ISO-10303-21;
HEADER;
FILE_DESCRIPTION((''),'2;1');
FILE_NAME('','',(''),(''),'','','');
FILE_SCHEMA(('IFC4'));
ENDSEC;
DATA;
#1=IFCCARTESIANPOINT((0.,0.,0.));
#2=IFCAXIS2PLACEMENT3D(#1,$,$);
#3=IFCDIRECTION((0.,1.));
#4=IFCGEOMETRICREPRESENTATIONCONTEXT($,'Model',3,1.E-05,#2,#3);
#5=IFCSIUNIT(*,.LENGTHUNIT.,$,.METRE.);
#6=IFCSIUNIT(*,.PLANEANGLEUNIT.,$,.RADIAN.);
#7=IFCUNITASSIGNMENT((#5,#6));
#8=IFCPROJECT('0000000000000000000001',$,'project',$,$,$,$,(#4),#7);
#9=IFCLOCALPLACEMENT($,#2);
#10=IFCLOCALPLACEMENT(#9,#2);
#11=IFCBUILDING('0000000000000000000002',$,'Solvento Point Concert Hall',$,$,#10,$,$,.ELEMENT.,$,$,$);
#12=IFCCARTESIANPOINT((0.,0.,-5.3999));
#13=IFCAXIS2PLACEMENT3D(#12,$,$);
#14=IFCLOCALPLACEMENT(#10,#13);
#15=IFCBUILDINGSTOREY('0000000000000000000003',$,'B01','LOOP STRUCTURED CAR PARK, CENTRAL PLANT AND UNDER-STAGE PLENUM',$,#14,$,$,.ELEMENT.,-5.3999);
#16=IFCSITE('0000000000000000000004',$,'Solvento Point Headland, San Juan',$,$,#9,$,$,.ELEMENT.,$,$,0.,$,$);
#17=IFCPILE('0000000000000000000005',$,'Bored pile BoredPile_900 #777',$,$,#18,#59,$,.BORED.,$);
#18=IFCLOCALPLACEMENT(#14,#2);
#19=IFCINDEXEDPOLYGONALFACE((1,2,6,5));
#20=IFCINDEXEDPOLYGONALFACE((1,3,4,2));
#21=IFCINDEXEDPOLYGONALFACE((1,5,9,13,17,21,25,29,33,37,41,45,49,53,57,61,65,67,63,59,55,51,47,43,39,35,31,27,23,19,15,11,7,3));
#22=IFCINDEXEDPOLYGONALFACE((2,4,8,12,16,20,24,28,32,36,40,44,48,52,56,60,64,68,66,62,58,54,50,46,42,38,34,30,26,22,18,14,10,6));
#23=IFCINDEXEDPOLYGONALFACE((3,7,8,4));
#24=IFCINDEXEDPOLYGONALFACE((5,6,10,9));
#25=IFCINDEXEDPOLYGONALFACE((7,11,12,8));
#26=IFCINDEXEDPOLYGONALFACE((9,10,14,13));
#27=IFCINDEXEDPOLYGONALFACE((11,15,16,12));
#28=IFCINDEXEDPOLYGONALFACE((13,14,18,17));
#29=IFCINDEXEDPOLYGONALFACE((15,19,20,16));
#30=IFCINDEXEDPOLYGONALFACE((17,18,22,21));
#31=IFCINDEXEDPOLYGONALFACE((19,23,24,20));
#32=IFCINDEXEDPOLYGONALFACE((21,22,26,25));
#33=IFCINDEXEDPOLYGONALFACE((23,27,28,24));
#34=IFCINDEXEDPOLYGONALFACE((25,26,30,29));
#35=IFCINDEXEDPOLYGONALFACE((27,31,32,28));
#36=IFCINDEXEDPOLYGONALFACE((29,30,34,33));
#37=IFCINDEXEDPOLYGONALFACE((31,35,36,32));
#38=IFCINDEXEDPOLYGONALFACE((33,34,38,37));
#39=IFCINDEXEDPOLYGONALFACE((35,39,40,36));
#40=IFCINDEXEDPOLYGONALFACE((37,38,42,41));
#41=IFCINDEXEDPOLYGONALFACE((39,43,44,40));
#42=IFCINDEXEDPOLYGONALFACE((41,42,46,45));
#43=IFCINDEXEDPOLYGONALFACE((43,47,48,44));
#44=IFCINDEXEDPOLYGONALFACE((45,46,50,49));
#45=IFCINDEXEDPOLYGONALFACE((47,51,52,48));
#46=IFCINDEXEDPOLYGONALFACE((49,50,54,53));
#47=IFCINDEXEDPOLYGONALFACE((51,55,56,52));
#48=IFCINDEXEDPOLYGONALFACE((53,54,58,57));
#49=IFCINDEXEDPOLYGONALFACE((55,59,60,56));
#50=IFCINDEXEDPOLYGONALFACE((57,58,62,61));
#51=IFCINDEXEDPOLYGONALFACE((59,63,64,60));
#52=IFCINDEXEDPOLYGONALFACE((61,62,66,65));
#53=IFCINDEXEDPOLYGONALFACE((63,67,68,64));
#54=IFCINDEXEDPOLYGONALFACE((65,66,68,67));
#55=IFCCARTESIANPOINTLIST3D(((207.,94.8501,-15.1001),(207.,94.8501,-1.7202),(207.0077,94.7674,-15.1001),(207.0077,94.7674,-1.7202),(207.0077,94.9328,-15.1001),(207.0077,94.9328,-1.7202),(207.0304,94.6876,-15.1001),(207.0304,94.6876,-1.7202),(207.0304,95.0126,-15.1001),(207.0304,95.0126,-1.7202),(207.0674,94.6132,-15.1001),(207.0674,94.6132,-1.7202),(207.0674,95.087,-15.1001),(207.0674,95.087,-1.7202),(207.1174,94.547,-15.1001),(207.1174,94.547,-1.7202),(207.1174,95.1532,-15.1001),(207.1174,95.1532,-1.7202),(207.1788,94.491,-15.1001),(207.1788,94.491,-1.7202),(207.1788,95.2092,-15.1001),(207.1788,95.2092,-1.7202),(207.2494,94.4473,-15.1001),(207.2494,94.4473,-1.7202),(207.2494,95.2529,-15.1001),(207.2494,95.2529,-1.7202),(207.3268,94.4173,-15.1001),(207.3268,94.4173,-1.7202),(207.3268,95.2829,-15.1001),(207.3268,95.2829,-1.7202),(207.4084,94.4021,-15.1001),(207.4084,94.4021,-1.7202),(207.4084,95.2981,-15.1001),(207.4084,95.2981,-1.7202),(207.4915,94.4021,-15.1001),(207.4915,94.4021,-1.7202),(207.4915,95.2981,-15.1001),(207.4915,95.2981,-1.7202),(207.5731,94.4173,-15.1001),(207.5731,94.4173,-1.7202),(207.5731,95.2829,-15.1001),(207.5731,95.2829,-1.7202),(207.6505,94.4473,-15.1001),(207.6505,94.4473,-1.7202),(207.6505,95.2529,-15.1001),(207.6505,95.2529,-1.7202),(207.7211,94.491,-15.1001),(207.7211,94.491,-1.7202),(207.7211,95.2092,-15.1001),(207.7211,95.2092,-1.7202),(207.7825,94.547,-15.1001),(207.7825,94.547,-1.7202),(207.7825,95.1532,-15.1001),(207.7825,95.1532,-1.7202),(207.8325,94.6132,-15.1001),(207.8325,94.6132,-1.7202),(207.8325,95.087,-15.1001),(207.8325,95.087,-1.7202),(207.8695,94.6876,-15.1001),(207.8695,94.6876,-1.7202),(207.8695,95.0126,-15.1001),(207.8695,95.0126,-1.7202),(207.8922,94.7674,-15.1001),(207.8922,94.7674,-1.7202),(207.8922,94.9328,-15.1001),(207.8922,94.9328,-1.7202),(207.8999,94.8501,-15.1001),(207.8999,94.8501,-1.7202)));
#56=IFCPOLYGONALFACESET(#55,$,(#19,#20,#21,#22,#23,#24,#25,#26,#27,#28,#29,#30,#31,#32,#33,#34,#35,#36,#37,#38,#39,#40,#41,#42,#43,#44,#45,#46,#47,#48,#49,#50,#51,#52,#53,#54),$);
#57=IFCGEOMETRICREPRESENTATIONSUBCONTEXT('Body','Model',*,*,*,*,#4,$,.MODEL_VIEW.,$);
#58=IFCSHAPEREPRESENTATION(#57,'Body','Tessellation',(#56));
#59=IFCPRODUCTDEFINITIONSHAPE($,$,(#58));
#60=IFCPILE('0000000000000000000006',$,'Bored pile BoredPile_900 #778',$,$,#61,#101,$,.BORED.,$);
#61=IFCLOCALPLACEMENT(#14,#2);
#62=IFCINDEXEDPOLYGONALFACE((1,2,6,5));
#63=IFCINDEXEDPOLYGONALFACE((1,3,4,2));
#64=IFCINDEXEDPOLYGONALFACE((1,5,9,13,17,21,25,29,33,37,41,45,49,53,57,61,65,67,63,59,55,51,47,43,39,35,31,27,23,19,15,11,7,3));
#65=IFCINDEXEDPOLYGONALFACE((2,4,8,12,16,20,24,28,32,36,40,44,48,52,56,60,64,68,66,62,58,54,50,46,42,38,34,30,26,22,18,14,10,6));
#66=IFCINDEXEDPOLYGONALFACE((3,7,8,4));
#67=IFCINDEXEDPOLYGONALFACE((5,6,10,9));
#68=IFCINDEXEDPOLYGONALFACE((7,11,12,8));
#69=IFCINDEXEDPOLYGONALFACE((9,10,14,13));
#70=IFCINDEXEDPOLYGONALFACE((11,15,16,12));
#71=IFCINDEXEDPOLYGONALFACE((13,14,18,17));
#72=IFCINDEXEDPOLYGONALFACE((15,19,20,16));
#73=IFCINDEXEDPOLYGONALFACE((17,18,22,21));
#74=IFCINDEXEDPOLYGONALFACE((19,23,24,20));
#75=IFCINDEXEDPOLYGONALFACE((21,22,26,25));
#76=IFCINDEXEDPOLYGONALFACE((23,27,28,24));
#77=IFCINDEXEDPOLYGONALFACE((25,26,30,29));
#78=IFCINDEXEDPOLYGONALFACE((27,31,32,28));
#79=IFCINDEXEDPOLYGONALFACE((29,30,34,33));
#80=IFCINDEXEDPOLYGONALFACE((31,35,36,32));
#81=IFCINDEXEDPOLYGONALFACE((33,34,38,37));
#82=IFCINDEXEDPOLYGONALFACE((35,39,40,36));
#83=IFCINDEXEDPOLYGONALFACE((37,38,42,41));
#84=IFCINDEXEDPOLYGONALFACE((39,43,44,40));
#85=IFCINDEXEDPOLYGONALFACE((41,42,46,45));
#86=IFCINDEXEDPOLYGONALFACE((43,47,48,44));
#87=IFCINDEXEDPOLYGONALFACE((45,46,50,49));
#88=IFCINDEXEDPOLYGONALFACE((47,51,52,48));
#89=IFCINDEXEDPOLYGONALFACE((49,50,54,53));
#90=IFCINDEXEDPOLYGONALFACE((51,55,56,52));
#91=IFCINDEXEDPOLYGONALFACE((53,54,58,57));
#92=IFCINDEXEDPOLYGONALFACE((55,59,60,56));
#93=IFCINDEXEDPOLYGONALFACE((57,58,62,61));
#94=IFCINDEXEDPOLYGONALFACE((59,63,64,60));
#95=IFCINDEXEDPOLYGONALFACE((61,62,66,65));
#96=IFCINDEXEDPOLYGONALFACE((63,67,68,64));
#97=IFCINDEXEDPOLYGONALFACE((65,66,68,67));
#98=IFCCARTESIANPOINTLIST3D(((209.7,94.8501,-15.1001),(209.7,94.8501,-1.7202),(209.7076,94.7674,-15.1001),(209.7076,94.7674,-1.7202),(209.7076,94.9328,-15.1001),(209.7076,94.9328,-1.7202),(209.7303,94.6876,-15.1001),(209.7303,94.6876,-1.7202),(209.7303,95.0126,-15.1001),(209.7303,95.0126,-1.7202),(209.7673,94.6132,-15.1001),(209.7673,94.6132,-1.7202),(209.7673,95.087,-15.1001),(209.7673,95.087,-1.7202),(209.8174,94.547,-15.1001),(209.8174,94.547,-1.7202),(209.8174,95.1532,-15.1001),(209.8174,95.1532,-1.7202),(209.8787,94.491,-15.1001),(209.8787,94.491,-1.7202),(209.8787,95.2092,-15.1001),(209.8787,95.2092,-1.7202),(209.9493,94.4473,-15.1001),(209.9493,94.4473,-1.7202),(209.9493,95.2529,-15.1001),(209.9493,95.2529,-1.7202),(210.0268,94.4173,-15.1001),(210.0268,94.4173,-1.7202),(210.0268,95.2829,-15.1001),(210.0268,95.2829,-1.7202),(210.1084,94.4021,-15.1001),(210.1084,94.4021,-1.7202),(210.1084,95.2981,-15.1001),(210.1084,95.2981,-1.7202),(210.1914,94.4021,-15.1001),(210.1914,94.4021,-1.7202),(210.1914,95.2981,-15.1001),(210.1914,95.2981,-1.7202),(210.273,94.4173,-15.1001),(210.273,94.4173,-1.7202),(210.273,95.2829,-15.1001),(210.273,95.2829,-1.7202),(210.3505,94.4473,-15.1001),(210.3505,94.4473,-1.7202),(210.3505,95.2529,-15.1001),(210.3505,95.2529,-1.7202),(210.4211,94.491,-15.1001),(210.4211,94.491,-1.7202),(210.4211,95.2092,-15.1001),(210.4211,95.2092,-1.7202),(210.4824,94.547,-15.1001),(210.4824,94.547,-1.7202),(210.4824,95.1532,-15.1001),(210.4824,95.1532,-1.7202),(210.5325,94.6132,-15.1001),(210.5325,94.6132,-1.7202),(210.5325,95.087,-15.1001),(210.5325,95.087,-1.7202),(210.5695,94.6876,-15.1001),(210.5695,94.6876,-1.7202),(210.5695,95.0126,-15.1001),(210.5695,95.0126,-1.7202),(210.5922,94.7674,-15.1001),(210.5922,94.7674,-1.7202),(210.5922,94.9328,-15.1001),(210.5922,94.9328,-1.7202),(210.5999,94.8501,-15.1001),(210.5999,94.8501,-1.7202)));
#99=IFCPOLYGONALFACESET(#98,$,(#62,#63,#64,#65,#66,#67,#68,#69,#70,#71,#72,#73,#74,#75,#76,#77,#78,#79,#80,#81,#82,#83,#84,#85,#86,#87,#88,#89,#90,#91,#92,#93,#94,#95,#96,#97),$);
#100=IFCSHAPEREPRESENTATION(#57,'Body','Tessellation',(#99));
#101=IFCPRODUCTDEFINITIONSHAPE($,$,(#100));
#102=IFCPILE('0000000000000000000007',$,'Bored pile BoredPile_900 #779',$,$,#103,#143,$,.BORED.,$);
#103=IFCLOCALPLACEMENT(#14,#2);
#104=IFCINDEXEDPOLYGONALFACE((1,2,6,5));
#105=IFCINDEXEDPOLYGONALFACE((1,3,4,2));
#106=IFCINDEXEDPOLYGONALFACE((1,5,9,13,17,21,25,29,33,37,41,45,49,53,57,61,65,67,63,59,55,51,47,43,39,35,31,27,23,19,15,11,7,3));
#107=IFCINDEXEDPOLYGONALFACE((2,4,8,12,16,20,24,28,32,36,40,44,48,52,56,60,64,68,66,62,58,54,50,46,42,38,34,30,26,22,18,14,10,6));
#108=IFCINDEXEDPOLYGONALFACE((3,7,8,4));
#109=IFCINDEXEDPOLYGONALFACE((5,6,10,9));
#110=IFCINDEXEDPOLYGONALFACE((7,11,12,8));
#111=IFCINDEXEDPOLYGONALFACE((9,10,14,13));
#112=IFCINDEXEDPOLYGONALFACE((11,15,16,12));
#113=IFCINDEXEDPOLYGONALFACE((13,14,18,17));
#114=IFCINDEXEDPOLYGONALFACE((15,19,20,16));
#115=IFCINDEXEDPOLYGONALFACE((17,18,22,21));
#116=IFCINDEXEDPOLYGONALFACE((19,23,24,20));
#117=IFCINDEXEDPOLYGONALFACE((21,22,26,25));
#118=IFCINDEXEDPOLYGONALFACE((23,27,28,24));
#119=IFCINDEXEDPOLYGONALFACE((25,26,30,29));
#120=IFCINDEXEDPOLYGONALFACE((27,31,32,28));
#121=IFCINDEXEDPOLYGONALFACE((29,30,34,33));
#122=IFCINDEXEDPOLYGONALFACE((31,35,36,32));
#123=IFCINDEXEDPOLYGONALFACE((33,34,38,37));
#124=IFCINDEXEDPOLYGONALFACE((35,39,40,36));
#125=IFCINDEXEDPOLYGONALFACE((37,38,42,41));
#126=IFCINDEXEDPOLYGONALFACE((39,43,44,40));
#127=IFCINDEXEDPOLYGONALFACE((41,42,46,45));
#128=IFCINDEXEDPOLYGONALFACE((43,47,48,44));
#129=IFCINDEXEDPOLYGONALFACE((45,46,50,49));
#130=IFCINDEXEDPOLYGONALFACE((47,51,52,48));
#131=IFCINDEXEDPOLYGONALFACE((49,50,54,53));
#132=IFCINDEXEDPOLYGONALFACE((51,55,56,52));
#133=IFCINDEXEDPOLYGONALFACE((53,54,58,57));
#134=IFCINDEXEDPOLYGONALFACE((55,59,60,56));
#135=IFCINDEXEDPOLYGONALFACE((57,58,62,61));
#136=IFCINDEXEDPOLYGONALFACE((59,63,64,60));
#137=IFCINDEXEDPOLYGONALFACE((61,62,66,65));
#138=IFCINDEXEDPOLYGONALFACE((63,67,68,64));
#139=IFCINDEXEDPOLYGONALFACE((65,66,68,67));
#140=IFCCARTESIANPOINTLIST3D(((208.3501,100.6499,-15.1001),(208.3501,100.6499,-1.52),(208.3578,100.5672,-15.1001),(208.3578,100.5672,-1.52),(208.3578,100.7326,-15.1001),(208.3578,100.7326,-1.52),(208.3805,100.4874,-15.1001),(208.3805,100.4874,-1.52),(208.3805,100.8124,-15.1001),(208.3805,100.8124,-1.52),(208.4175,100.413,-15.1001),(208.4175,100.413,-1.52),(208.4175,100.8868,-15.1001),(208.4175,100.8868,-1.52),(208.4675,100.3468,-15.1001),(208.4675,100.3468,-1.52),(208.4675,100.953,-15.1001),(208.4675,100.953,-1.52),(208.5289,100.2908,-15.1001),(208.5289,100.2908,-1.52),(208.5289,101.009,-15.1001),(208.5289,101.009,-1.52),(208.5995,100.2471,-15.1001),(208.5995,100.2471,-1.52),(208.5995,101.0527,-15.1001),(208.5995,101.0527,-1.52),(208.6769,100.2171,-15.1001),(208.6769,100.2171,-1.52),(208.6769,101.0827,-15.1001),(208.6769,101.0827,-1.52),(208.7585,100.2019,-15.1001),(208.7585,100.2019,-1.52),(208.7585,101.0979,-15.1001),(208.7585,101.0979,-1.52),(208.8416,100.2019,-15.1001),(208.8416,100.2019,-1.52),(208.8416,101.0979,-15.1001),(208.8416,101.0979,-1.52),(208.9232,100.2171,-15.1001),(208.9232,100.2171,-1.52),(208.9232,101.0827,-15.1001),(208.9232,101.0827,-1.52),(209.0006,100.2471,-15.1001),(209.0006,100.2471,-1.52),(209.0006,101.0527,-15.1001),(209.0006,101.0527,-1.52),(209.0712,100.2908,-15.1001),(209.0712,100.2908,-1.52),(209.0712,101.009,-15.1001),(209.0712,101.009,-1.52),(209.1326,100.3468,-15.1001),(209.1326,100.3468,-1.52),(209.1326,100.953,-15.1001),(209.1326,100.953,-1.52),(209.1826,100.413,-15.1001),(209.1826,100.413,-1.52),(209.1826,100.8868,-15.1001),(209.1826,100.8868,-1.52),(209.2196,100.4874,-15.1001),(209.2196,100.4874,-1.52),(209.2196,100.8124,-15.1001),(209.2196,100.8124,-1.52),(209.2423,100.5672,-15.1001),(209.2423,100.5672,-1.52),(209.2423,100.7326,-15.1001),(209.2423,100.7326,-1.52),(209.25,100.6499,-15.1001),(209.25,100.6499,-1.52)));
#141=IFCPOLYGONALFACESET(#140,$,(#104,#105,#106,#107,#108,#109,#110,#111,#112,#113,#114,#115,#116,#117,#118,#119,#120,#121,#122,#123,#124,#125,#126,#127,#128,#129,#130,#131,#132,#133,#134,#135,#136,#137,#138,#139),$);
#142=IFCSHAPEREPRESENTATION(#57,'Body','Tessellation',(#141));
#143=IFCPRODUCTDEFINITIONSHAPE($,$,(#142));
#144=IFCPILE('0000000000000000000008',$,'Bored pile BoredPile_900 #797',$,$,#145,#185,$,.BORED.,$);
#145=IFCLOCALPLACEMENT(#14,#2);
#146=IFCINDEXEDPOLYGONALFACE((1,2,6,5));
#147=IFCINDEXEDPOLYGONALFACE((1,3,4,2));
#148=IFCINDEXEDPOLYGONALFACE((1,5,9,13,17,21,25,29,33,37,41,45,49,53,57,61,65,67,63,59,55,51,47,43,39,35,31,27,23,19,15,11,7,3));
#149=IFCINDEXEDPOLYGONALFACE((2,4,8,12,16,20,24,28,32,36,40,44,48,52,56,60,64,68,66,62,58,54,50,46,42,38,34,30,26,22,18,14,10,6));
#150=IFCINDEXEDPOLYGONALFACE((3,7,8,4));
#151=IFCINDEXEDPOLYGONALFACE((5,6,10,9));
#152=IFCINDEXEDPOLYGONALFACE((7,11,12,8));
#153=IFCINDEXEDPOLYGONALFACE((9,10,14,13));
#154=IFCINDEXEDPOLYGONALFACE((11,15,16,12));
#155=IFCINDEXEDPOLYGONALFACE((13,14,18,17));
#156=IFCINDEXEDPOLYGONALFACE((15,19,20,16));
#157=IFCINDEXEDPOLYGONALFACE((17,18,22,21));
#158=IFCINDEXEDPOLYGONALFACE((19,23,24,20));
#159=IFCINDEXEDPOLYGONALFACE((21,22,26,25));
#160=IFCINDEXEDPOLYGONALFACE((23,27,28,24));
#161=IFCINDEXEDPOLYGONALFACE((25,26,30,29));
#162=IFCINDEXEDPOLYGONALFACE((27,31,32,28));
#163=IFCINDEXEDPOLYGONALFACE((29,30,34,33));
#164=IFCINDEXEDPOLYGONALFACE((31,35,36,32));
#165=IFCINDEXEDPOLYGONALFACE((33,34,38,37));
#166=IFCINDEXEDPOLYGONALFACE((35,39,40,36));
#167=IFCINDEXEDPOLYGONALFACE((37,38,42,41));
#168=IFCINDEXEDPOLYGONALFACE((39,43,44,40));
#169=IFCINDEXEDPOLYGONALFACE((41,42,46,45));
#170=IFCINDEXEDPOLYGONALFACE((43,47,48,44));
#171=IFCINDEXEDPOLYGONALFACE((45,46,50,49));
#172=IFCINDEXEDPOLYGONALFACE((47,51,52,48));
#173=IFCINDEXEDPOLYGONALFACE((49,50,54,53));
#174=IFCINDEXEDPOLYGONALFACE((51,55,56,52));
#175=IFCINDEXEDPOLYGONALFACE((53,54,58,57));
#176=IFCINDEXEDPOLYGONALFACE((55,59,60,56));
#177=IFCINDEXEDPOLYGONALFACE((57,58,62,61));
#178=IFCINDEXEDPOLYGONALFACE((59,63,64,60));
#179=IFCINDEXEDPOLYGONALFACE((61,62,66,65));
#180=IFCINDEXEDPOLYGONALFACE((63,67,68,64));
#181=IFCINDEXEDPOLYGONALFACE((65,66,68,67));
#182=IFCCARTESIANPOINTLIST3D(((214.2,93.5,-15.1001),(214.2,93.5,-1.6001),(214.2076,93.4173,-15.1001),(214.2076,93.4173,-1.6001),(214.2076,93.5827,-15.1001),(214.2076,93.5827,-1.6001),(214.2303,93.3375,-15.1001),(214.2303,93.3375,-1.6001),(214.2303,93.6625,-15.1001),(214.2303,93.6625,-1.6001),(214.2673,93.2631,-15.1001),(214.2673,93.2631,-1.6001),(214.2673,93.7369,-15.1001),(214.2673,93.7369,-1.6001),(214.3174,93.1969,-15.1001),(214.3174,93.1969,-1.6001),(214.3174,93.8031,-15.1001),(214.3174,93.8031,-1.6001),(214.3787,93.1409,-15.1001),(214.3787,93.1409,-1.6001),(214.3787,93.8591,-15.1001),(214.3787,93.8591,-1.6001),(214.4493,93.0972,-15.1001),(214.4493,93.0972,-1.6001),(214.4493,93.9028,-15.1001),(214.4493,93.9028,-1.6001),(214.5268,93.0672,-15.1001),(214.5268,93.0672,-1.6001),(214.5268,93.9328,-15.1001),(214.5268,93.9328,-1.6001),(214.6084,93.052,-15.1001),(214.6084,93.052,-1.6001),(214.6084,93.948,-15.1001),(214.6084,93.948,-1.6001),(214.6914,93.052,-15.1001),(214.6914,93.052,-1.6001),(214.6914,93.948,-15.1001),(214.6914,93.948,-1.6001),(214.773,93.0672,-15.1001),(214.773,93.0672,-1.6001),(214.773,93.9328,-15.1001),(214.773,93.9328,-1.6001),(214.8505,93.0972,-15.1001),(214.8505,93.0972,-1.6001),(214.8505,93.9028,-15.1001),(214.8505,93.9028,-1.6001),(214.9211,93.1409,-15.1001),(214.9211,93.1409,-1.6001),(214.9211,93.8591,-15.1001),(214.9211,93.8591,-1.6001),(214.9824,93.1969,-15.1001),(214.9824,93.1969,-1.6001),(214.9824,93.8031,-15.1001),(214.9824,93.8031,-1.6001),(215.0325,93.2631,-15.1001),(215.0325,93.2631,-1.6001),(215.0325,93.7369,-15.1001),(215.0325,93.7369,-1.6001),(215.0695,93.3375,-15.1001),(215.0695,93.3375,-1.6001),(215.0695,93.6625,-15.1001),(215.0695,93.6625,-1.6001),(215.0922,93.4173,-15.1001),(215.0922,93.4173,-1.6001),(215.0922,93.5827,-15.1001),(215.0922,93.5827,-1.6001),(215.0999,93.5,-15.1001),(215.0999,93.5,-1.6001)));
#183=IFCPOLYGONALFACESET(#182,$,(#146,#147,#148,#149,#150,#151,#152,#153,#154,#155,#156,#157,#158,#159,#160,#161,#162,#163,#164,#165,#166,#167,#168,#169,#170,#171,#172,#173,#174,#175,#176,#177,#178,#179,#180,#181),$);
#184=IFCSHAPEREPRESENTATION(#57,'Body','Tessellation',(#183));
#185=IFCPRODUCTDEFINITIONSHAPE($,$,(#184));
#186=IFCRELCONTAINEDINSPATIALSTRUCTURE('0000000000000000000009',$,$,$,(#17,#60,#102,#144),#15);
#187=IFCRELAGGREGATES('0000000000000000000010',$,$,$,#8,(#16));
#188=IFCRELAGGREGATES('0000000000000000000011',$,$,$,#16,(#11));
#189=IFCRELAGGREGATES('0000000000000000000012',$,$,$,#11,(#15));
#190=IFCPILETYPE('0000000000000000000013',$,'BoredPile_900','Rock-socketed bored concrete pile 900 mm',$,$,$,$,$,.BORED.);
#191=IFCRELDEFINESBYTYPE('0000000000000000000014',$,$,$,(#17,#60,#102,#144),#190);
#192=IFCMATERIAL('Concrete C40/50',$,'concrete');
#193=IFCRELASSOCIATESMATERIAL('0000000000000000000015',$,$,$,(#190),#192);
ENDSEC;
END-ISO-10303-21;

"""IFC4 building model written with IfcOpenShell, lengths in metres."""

from ifc_helpers import new_model, si_unit, direction, frame, origin, origin_2d, place, context, subcontext, project, spatial, circle, extrude, material, material_profile, profile_set, type_object, element, save


model = new_model("IFC4")

# Units and contexts
model_context = context("Model", 3, precision=1e-05, world=origin(), true_north=direction((0.0, 1.0)))
body_context = subcontext(model_context, "Body", "Model", "MODEL_VIEW")
ifc_project = project(units=[si_unit("LENGTHUNIT", "METRE"), si_unit("PLANEANGLEUNIT", "RADIAN")], contexts=[model_context])

# Site, building, storey
site_placement = place(None, origin())
site = spatial("IfcSite", under=ifc_project, at=site_placement, Name="Solvento Point Headland, San Juan", CompositionType="ELEMENT", RefElevation=0.0)
building_placement = place(site_placement, origin())
building = spatial("IfcBuilding", under=site, at=building_placement, Name="Solvento Point Concert Hall", CompositionType="ELEMENT")
storey_placement = place(building_placement, frame((0.0, 0.0, -5.3999)))
storey = spatial("IfcBuildingStorey", under=building, at=storey_placement, Name="B01", Description="LOOP STRUCTURED CAR PARK, CENTRAL PLANT AND UNDER-STAGE PLENUM", CompositionType="ELEMENT", Elevation=-5.3999)

# Piles
ifc_material_1 = material(Name="Concrete C40/50", Category="concrete")
ifc_material_profile_1 = material_profile(ifc_material_1, circle(Radius=0.45, at=origin_2d()), Name="BP-900")
ifc_profile_set_1 = profile_set([ifc_material_profile_1], Name="Concrete C40/50")
pile_type_1 = type_object("IfcPileType", Name="BoredPile_900", Description="Rock-socketed bored concrete pile 900 mm", PredefinedType="BORED", material=ifc_profile_set_1)
for number, where, z_axis, x_axis, name in (
    (1, (207.45, 94.8501, -1.7202), (0.0, 0.0, -1.0), (1.0, 0.0, 0.0), "Bored pile BoredPile_900 #777"),
    (2, (210.1499, 94.8501, -1.7202), (0.0, 0.0, -1.0), (1.0, 0.0, 0.0), "Bored pile BoredPile_900 #778"),
):
    element("IfcPile", number, at=place(storey_placement, frame(where, z_axis=z_axis, x_axis=x_axis)), inside=storey, type_object=pile_type_1, Name=name, PredefinedType="BORED", context=body_context, shape_type="SweptSolid", body=[
        extrude(circle(Radius=0.45, at=origin_2d()), origin(), (0.0, 0.0, 1.0), 13.3799),
    ])
pile_1_placement = place(storey_placement, frame((208.8, 100.6499, -1.52), z_axis=(0.0, 0.0, -1.0), x_axis=(1.0, 0.0, 0.0)))
element("IfcPile", 3, at=pile_1_placement, inside=storey, type_object=pile_type_1, Name="Bored pile BoredPile_900 #779", PredefinedType="BORED", context=body_context, shape_type="SweptSolid", body=[
    extrude(circle(Radius=0.45, at=origin_2d()), origin(), (0.0, 0.0, 1.0), 13.5801),
])
for number, where, z_axis, x_axis, name in (
    (4, (214.6499, 93.5, -1.6001), (0.0, 0.0, -1.0), (1.0, 0.0, 0.0), "Bored pile BoredPile_900 #797"),
):
    element("IfcPile", number, at=place(storey_placement, frame(where, z_axis=z_axis, x_axis=x_axis)), inside=storey, type_object=pile_type_1, Name=name, PredefinedType="BORED", context=body_context, shape_type="SweptSolid", body=[
        extrude(circle(Radius=0.45, at=origin_2d()), origin(), (0.0, 0.0, 1.0), 13.5),
    ])

save(model, "model.ifc")
